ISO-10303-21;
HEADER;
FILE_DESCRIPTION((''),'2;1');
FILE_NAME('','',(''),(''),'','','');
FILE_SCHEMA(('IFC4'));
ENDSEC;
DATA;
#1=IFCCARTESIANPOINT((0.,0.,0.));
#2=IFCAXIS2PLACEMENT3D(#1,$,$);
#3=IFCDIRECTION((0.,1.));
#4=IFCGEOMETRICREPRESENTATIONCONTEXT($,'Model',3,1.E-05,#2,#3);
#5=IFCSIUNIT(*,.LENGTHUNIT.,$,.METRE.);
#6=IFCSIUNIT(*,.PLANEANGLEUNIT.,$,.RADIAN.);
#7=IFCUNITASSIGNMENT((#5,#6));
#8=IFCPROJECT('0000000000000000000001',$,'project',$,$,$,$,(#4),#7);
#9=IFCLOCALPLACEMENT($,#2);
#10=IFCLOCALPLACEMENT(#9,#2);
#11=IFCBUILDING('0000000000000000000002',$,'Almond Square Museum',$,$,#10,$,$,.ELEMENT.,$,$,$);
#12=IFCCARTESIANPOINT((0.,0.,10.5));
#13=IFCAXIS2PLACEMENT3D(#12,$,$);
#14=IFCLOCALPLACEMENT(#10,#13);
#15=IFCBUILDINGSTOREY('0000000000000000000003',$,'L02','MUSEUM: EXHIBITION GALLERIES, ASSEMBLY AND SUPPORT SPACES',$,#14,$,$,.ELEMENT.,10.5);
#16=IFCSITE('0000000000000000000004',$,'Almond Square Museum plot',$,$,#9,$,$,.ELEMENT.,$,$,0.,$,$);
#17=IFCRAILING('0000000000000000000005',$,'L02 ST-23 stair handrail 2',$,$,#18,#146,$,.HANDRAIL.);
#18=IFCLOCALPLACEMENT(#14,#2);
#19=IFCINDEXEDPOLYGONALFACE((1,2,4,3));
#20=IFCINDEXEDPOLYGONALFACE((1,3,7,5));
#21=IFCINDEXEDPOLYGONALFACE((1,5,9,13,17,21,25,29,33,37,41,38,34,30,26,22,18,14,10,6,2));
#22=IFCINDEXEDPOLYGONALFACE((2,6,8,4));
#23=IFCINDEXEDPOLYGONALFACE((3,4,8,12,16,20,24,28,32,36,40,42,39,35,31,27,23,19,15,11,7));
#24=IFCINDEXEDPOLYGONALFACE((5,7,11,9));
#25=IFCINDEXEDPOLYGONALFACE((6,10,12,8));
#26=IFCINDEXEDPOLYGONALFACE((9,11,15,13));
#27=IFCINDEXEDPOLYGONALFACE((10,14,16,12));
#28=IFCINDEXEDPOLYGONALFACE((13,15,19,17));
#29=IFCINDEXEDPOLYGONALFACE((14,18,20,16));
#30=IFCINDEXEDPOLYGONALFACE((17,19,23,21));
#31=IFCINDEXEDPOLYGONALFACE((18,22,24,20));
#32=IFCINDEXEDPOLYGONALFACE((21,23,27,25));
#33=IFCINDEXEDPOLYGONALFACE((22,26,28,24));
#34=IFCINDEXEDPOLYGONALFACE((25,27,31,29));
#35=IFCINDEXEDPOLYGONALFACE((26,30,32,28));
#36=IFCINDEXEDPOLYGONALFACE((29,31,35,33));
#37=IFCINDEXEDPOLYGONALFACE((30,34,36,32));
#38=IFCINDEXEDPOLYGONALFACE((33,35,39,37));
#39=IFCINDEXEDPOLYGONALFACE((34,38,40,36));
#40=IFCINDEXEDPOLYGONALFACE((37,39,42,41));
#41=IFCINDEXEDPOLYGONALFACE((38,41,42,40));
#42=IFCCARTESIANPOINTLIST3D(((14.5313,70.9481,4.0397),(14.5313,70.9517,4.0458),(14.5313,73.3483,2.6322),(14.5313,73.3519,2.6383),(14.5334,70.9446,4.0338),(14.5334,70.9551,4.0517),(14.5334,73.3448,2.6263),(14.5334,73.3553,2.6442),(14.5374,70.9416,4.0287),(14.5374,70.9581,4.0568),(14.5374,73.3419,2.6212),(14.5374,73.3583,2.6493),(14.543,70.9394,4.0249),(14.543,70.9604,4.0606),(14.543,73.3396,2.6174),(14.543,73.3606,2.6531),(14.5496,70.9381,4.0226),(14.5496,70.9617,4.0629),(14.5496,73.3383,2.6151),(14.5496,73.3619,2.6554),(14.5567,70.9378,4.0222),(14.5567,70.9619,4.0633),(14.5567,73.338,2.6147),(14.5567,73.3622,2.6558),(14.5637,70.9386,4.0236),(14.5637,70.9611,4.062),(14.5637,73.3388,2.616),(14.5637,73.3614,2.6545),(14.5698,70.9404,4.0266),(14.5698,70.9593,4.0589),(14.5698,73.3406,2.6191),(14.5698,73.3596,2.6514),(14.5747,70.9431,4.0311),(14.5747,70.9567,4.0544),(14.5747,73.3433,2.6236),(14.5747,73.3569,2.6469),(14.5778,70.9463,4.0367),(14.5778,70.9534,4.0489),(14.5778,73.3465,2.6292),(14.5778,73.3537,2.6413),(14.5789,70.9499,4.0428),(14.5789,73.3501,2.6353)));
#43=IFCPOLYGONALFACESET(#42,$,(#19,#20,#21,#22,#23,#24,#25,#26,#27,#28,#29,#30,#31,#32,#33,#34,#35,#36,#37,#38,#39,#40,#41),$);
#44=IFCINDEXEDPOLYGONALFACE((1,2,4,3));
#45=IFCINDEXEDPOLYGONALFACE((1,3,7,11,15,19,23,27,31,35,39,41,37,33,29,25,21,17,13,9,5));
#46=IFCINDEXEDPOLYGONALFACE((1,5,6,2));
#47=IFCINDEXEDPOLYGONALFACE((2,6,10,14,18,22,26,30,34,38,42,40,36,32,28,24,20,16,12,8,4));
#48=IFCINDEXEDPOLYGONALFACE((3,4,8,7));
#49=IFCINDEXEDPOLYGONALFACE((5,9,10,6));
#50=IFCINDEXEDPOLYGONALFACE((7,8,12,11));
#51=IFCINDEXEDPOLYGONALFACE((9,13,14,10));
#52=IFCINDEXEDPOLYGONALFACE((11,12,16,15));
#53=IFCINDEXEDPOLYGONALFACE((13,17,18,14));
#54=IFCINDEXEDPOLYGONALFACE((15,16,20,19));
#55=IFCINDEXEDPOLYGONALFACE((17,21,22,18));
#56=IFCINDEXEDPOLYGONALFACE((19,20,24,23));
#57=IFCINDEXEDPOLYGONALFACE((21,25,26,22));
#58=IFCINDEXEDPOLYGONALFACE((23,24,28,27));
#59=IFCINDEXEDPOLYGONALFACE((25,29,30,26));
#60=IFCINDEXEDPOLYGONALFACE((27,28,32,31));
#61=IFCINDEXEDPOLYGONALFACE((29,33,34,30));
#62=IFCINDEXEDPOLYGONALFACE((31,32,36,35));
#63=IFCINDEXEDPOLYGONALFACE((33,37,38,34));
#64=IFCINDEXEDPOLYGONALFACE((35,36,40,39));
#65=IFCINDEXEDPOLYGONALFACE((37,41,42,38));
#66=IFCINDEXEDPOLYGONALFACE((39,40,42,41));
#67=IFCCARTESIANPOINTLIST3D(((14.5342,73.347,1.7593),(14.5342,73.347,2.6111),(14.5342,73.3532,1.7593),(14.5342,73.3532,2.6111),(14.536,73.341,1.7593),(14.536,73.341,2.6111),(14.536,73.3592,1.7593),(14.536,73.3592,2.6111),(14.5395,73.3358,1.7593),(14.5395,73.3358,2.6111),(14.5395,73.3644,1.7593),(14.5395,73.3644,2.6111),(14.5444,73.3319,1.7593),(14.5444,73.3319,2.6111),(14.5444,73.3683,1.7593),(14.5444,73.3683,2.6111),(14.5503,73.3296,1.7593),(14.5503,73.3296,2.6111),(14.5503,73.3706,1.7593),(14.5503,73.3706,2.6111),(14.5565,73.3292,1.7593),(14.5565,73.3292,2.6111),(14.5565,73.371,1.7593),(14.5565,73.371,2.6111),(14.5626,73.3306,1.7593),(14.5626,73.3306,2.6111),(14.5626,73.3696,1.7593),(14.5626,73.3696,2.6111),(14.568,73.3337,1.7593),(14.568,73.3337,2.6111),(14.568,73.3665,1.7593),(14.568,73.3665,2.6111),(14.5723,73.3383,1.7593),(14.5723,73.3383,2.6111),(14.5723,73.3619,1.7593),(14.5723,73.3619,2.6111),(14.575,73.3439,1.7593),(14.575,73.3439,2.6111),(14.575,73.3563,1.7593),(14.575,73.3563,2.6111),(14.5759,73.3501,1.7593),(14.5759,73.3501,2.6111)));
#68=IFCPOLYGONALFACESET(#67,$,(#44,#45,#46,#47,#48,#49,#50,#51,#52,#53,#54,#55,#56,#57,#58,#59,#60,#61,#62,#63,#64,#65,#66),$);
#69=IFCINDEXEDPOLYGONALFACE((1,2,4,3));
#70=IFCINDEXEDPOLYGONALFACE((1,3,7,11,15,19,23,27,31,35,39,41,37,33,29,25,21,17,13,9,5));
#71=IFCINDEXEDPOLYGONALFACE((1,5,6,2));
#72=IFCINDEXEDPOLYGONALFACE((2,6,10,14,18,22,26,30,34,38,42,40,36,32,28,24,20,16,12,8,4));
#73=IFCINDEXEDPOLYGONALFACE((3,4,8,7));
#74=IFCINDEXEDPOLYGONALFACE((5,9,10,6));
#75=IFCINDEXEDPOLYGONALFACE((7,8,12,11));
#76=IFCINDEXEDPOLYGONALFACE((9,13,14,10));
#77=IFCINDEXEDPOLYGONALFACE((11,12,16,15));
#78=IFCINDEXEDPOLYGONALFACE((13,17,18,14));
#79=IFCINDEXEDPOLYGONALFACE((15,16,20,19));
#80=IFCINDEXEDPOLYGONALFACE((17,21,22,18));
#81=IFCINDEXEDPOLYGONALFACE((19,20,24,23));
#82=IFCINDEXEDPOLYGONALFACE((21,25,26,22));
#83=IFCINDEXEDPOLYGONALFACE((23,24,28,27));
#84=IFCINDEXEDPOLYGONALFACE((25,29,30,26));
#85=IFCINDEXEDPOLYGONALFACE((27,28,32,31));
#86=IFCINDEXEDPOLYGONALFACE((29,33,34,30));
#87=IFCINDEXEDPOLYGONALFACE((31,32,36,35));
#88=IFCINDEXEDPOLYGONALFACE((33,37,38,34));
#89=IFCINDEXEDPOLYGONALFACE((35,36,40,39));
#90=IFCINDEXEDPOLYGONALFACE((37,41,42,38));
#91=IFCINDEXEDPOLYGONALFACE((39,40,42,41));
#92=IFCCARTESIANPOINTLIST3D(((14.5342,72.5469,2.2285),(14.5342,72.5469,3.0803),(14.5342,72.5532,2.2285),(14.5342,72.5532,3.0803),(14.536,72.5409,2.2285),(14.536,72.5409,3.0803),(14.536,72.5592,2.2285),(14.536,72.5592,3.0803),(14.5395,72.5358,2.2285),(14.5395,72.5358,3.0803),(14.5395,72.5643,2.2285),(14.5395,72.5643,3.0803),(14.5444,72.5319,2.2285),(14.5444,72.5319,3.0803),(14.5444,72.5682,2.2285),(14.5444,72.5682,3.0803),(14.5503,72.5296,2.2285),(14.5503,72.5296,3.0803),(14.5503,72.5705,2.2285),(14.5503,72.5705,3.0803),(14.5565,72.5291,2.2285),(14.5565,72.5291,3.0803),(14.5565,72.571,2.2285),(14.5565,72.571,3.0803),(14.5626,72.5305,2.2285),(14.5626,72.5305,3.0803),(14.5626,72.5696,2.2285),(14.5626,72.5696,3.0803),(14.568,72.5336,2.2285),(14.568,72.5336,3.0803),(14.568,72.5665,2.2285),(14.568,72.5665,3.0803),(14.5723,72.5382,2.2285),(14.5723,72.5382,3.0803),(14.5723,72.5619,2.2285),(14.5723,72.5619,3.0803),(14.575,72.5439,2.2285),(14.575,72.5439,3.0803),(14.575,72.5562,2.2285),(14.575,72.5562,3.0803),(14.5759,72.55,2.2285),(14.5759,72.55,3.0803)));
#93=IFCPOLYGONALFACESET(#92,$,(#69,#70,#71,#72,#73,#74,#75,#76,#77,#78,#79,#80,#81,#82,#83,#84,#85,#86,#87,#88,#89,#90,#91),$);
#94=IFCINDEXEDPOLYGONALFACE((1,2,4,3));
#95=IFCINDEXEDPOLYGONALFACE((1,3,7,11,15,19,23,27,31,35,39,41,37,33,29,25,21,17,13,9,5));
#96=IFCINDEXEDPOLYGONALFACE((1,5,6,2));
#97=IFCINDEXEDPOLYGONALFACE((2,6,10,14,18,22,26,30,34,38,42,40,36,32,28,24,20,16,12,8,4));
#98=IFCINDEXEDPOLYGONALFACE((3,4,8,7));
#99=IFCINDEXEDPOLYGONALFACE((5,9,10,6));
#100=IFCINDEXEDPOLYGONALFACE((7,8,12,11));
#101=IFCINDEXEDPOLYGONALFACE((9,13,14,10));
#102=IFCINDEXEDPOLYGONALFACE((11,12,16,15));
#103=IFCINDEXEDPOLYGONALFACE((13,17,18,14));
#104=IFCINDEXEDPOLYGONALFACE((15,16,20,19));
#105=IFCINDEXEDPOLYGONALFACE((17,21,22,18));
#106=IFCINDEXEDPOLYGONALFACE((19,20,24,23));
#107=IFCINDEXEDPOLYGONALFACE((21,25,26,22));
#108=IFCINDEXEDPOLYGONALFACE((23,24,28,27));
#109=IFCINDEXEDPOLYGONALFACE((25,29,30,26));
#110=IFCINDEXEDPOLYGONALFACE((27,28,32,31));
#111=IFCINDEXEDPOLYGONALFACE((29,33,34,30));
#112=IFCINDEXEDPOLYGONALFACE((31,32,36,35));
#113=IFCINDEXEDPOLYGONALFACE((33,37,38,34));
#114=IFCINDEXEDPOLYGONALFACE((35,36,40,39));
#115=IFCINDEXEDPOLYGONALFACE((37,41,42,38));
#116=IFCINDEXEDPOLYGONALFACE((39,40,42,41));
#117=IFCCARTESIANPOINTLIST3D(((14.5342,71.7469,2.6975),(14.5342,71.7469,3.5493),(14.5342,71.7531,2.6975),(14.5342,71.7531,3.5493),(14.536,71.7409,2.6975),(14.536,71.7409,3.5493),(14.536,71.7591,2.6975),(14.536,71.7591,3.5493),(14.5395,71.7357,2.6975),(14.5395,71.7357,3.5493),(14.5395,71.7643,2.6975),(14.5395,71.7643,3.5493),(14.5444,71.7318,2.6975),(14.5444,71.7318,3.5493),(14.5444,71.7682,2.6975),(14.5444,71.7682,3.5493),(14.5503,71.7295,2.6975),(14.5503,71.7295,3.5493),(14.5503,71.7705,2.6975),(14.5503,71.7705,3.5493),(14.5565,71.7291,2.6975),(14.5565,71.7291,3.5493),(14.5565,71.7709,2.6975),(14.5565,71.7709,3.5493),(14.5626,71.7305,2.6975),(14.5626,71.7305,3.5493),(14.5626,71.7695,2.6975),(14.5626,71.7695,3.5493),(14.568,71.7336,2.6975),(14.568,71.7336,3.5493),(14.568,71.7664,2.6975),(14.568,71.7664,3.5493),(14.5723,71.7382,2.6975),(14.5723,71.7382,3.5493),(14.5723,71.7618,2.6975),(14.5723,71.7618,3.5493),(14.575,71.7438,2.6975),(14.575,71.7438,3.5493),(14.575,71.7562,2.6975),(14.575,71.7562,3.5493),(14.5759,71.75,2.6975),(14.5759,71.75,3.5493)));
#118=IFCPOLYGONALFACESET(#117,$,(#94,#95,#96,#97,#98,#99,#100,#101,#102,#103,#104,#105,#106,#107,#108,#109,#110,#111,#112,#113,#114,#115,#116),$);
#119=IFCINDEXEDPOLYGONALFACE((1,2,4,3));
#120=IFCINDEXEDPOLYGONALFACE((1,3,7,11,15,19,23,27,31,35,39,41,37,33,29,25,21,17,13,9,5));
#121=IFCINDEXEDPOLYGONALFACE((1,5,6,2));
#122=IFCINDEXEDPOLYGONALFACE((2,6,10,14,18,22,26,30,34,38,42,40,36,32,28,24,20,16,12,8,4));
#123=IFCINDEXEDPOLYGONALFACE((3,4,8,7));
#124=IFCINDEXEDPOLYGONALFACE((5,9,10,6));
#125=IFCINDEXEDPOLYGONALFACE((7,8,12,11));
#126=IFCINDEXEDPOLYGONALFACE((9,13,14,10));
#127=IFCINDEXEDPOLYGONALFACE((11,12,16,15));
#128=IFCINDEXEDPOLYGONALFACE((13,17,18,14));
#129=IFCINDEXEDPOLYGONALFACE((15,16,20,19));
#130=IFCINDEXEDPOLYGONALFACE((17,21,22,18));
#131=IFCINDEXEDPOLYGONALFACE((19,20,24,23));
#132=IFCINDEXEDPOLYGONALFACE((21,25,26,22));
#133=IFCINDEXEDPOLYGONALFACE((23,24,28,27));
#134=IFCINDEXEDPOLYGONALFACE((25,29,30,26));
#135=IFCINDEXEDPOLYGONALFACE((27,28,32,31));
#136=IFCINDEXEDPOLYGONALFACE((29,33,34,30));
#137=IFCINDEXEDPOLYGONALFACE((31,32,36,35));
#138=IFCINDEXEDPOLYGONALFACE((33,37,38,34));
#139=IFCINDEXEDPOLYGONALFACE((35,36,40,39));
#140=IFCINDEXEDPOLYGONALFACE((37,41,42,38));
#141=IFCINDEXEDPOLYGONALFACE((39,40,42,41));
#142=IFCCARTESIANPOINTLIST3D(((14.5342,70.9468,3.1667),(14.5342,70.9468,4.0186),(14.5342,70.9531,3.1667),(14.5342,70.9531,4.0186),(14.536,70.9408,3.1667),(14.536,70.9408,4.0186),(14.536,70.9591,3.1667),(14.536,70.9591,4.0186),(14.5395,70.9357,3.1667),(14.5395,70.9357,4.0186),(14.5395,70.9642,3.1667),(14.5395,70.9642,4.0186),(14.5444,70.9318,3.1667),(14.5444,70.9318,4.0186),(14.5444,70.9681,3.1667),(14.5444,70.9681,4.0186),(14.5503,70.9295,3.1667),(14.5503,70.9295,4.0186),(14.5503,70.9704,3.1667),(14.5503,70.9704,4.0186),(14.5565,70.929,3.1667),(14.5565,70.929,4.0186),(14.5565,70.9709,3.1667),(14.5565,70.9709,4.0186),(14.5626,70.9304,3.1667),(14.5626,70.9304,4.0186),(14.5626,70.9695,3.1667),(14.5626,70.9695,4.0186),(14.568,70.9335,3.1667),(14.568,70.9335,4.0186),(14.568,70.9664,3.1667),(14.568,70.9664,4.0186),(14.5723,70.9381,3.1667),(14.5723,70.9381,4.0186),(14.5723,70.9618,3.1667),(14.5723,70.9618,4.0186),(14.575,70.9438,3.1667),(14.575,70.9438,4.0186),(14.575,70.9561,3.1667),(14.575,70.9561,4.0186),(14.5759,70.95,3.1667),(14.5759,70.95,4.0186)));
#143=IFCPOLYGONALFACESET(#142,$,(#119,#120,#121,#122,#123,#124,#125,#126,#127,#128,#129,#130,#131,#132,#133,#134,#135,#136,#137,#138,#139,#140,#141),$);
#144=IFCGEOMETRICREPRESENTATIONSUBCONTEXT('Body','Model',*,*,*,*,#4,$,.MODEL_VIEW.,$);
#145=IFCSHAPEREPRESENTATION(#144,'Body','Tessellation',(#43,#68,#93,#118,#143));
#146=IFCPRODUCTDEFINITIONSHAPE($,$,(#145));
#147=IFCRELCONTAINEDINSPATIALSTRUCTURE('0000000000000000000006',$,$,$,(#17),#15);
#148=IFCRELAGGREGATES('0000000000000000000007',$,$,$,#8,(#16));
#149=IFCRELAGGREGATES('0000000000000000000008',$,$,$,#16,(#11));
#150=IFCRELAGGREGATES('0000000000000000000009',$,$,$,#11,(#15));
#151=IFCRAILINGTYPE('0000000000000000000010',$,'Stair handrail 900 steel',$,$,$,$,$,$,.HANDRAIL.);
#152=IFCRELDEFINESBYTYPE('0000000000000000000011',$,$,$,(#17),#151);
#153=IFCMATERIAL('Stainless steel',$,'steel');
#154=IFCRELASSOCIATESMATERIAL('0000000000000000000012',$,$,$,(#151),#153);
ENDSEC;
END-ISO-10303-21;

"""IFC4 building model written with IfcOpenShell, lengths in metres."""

from ifc_helpers import new_model, si_unit, direction, frame, origin, origin_2d, place, context, subcontext, project, spatial, circle, extrude, material, type_object, element, save


model = new_model("IFC4")

# Units and contexts
model_context = context("Model", 3, precision=1e-05, world=origin(), true_north=direction((0.0, 1.0)))
body_context = subcontext(model_context, "Body", "Model", "MODEL_VIEW")
ifc_project = project(units=[si_unit("LENGTHUNIT", "METRE"), si_unit("PLANEANGLEUNIT", "RADIAN")], contexts=[model_context])

# Site, building, storey
site_placement = place(None, origin())
site = spatial("IfcSite", under=ifc_project, at=site_placement, Name="Almond Square Museum plot", CompositionType="ELEMENT", RefElevation=0.0)
building_placement = place(site_placement, origin())
building = spatial("IfcBuilding", under=site, at=building_placement, Name="Almond Square Museum", CompositionType="ELEMENT")
storey_placement = place(building_placement, frame((0.0, 0.0, 10.5)))
storey = spatial("IfcBuildingStorey", under=building, at=storey_placement, Name="L02", Description="MUSEUM: EXHIBITION GALLERIES, ASSEMBLY AND SUPPORT SPACES", CompositionType="ELEMENT", Elevation=10.5)

# Railing
ifc_material_1 = material(Name="Stainless steel", Category="steel")
railing_type_1 = type_object("IfcRailingType", Name="Stair handrail 900 steel", PredefinedType="HANDRAIL", material=ifc_material_1)
railing_1_placement = place(storey_placement, frame((14.5549, 73.3501, 1.7593)))
element("IfcRailing", 1, at=railing_1_placement, inside=storey, type_object=railing_type_1, Name="L02 ST-23 stair handrail 2", PredefinedType="HANDRAIL", context=body_context, shape_type="SweptSolid", body=[
    extrude(circle(Radius=0.0239, at=origin_2d()), frame((0.0, 0.0, 0.876), z_axis=(0.0, -0.862621, 0.50585), x_axis=(1.0, 0.0, 0.0)), (0.0, 0.0, 1.0), 2.7825),
    extrude(circle(Radius=0.021, at=origin_2d()), origin(), (0.0, 0.0, 1.0), 0.8518),
    extrude(circle(Radius=0.021, at=origin_2d()), frame((0.0, -0.8, 0.4692)), (0.0, 0.0, 1.0), 0.8518),
    extrude(circle(Radius=0.021, at=origin_2d()), frame((0.0, -1.6001, 0.9382)), (0.0, 0.0, 1.0), 0.8518),
    extrude(circle(Radius=0.021, at=origin_2d()), frame((0.0, -2.4001, 1.4075)), (0.0, 0.0, 1.0), 0.8518),
])

save(model, "model.ifc")
